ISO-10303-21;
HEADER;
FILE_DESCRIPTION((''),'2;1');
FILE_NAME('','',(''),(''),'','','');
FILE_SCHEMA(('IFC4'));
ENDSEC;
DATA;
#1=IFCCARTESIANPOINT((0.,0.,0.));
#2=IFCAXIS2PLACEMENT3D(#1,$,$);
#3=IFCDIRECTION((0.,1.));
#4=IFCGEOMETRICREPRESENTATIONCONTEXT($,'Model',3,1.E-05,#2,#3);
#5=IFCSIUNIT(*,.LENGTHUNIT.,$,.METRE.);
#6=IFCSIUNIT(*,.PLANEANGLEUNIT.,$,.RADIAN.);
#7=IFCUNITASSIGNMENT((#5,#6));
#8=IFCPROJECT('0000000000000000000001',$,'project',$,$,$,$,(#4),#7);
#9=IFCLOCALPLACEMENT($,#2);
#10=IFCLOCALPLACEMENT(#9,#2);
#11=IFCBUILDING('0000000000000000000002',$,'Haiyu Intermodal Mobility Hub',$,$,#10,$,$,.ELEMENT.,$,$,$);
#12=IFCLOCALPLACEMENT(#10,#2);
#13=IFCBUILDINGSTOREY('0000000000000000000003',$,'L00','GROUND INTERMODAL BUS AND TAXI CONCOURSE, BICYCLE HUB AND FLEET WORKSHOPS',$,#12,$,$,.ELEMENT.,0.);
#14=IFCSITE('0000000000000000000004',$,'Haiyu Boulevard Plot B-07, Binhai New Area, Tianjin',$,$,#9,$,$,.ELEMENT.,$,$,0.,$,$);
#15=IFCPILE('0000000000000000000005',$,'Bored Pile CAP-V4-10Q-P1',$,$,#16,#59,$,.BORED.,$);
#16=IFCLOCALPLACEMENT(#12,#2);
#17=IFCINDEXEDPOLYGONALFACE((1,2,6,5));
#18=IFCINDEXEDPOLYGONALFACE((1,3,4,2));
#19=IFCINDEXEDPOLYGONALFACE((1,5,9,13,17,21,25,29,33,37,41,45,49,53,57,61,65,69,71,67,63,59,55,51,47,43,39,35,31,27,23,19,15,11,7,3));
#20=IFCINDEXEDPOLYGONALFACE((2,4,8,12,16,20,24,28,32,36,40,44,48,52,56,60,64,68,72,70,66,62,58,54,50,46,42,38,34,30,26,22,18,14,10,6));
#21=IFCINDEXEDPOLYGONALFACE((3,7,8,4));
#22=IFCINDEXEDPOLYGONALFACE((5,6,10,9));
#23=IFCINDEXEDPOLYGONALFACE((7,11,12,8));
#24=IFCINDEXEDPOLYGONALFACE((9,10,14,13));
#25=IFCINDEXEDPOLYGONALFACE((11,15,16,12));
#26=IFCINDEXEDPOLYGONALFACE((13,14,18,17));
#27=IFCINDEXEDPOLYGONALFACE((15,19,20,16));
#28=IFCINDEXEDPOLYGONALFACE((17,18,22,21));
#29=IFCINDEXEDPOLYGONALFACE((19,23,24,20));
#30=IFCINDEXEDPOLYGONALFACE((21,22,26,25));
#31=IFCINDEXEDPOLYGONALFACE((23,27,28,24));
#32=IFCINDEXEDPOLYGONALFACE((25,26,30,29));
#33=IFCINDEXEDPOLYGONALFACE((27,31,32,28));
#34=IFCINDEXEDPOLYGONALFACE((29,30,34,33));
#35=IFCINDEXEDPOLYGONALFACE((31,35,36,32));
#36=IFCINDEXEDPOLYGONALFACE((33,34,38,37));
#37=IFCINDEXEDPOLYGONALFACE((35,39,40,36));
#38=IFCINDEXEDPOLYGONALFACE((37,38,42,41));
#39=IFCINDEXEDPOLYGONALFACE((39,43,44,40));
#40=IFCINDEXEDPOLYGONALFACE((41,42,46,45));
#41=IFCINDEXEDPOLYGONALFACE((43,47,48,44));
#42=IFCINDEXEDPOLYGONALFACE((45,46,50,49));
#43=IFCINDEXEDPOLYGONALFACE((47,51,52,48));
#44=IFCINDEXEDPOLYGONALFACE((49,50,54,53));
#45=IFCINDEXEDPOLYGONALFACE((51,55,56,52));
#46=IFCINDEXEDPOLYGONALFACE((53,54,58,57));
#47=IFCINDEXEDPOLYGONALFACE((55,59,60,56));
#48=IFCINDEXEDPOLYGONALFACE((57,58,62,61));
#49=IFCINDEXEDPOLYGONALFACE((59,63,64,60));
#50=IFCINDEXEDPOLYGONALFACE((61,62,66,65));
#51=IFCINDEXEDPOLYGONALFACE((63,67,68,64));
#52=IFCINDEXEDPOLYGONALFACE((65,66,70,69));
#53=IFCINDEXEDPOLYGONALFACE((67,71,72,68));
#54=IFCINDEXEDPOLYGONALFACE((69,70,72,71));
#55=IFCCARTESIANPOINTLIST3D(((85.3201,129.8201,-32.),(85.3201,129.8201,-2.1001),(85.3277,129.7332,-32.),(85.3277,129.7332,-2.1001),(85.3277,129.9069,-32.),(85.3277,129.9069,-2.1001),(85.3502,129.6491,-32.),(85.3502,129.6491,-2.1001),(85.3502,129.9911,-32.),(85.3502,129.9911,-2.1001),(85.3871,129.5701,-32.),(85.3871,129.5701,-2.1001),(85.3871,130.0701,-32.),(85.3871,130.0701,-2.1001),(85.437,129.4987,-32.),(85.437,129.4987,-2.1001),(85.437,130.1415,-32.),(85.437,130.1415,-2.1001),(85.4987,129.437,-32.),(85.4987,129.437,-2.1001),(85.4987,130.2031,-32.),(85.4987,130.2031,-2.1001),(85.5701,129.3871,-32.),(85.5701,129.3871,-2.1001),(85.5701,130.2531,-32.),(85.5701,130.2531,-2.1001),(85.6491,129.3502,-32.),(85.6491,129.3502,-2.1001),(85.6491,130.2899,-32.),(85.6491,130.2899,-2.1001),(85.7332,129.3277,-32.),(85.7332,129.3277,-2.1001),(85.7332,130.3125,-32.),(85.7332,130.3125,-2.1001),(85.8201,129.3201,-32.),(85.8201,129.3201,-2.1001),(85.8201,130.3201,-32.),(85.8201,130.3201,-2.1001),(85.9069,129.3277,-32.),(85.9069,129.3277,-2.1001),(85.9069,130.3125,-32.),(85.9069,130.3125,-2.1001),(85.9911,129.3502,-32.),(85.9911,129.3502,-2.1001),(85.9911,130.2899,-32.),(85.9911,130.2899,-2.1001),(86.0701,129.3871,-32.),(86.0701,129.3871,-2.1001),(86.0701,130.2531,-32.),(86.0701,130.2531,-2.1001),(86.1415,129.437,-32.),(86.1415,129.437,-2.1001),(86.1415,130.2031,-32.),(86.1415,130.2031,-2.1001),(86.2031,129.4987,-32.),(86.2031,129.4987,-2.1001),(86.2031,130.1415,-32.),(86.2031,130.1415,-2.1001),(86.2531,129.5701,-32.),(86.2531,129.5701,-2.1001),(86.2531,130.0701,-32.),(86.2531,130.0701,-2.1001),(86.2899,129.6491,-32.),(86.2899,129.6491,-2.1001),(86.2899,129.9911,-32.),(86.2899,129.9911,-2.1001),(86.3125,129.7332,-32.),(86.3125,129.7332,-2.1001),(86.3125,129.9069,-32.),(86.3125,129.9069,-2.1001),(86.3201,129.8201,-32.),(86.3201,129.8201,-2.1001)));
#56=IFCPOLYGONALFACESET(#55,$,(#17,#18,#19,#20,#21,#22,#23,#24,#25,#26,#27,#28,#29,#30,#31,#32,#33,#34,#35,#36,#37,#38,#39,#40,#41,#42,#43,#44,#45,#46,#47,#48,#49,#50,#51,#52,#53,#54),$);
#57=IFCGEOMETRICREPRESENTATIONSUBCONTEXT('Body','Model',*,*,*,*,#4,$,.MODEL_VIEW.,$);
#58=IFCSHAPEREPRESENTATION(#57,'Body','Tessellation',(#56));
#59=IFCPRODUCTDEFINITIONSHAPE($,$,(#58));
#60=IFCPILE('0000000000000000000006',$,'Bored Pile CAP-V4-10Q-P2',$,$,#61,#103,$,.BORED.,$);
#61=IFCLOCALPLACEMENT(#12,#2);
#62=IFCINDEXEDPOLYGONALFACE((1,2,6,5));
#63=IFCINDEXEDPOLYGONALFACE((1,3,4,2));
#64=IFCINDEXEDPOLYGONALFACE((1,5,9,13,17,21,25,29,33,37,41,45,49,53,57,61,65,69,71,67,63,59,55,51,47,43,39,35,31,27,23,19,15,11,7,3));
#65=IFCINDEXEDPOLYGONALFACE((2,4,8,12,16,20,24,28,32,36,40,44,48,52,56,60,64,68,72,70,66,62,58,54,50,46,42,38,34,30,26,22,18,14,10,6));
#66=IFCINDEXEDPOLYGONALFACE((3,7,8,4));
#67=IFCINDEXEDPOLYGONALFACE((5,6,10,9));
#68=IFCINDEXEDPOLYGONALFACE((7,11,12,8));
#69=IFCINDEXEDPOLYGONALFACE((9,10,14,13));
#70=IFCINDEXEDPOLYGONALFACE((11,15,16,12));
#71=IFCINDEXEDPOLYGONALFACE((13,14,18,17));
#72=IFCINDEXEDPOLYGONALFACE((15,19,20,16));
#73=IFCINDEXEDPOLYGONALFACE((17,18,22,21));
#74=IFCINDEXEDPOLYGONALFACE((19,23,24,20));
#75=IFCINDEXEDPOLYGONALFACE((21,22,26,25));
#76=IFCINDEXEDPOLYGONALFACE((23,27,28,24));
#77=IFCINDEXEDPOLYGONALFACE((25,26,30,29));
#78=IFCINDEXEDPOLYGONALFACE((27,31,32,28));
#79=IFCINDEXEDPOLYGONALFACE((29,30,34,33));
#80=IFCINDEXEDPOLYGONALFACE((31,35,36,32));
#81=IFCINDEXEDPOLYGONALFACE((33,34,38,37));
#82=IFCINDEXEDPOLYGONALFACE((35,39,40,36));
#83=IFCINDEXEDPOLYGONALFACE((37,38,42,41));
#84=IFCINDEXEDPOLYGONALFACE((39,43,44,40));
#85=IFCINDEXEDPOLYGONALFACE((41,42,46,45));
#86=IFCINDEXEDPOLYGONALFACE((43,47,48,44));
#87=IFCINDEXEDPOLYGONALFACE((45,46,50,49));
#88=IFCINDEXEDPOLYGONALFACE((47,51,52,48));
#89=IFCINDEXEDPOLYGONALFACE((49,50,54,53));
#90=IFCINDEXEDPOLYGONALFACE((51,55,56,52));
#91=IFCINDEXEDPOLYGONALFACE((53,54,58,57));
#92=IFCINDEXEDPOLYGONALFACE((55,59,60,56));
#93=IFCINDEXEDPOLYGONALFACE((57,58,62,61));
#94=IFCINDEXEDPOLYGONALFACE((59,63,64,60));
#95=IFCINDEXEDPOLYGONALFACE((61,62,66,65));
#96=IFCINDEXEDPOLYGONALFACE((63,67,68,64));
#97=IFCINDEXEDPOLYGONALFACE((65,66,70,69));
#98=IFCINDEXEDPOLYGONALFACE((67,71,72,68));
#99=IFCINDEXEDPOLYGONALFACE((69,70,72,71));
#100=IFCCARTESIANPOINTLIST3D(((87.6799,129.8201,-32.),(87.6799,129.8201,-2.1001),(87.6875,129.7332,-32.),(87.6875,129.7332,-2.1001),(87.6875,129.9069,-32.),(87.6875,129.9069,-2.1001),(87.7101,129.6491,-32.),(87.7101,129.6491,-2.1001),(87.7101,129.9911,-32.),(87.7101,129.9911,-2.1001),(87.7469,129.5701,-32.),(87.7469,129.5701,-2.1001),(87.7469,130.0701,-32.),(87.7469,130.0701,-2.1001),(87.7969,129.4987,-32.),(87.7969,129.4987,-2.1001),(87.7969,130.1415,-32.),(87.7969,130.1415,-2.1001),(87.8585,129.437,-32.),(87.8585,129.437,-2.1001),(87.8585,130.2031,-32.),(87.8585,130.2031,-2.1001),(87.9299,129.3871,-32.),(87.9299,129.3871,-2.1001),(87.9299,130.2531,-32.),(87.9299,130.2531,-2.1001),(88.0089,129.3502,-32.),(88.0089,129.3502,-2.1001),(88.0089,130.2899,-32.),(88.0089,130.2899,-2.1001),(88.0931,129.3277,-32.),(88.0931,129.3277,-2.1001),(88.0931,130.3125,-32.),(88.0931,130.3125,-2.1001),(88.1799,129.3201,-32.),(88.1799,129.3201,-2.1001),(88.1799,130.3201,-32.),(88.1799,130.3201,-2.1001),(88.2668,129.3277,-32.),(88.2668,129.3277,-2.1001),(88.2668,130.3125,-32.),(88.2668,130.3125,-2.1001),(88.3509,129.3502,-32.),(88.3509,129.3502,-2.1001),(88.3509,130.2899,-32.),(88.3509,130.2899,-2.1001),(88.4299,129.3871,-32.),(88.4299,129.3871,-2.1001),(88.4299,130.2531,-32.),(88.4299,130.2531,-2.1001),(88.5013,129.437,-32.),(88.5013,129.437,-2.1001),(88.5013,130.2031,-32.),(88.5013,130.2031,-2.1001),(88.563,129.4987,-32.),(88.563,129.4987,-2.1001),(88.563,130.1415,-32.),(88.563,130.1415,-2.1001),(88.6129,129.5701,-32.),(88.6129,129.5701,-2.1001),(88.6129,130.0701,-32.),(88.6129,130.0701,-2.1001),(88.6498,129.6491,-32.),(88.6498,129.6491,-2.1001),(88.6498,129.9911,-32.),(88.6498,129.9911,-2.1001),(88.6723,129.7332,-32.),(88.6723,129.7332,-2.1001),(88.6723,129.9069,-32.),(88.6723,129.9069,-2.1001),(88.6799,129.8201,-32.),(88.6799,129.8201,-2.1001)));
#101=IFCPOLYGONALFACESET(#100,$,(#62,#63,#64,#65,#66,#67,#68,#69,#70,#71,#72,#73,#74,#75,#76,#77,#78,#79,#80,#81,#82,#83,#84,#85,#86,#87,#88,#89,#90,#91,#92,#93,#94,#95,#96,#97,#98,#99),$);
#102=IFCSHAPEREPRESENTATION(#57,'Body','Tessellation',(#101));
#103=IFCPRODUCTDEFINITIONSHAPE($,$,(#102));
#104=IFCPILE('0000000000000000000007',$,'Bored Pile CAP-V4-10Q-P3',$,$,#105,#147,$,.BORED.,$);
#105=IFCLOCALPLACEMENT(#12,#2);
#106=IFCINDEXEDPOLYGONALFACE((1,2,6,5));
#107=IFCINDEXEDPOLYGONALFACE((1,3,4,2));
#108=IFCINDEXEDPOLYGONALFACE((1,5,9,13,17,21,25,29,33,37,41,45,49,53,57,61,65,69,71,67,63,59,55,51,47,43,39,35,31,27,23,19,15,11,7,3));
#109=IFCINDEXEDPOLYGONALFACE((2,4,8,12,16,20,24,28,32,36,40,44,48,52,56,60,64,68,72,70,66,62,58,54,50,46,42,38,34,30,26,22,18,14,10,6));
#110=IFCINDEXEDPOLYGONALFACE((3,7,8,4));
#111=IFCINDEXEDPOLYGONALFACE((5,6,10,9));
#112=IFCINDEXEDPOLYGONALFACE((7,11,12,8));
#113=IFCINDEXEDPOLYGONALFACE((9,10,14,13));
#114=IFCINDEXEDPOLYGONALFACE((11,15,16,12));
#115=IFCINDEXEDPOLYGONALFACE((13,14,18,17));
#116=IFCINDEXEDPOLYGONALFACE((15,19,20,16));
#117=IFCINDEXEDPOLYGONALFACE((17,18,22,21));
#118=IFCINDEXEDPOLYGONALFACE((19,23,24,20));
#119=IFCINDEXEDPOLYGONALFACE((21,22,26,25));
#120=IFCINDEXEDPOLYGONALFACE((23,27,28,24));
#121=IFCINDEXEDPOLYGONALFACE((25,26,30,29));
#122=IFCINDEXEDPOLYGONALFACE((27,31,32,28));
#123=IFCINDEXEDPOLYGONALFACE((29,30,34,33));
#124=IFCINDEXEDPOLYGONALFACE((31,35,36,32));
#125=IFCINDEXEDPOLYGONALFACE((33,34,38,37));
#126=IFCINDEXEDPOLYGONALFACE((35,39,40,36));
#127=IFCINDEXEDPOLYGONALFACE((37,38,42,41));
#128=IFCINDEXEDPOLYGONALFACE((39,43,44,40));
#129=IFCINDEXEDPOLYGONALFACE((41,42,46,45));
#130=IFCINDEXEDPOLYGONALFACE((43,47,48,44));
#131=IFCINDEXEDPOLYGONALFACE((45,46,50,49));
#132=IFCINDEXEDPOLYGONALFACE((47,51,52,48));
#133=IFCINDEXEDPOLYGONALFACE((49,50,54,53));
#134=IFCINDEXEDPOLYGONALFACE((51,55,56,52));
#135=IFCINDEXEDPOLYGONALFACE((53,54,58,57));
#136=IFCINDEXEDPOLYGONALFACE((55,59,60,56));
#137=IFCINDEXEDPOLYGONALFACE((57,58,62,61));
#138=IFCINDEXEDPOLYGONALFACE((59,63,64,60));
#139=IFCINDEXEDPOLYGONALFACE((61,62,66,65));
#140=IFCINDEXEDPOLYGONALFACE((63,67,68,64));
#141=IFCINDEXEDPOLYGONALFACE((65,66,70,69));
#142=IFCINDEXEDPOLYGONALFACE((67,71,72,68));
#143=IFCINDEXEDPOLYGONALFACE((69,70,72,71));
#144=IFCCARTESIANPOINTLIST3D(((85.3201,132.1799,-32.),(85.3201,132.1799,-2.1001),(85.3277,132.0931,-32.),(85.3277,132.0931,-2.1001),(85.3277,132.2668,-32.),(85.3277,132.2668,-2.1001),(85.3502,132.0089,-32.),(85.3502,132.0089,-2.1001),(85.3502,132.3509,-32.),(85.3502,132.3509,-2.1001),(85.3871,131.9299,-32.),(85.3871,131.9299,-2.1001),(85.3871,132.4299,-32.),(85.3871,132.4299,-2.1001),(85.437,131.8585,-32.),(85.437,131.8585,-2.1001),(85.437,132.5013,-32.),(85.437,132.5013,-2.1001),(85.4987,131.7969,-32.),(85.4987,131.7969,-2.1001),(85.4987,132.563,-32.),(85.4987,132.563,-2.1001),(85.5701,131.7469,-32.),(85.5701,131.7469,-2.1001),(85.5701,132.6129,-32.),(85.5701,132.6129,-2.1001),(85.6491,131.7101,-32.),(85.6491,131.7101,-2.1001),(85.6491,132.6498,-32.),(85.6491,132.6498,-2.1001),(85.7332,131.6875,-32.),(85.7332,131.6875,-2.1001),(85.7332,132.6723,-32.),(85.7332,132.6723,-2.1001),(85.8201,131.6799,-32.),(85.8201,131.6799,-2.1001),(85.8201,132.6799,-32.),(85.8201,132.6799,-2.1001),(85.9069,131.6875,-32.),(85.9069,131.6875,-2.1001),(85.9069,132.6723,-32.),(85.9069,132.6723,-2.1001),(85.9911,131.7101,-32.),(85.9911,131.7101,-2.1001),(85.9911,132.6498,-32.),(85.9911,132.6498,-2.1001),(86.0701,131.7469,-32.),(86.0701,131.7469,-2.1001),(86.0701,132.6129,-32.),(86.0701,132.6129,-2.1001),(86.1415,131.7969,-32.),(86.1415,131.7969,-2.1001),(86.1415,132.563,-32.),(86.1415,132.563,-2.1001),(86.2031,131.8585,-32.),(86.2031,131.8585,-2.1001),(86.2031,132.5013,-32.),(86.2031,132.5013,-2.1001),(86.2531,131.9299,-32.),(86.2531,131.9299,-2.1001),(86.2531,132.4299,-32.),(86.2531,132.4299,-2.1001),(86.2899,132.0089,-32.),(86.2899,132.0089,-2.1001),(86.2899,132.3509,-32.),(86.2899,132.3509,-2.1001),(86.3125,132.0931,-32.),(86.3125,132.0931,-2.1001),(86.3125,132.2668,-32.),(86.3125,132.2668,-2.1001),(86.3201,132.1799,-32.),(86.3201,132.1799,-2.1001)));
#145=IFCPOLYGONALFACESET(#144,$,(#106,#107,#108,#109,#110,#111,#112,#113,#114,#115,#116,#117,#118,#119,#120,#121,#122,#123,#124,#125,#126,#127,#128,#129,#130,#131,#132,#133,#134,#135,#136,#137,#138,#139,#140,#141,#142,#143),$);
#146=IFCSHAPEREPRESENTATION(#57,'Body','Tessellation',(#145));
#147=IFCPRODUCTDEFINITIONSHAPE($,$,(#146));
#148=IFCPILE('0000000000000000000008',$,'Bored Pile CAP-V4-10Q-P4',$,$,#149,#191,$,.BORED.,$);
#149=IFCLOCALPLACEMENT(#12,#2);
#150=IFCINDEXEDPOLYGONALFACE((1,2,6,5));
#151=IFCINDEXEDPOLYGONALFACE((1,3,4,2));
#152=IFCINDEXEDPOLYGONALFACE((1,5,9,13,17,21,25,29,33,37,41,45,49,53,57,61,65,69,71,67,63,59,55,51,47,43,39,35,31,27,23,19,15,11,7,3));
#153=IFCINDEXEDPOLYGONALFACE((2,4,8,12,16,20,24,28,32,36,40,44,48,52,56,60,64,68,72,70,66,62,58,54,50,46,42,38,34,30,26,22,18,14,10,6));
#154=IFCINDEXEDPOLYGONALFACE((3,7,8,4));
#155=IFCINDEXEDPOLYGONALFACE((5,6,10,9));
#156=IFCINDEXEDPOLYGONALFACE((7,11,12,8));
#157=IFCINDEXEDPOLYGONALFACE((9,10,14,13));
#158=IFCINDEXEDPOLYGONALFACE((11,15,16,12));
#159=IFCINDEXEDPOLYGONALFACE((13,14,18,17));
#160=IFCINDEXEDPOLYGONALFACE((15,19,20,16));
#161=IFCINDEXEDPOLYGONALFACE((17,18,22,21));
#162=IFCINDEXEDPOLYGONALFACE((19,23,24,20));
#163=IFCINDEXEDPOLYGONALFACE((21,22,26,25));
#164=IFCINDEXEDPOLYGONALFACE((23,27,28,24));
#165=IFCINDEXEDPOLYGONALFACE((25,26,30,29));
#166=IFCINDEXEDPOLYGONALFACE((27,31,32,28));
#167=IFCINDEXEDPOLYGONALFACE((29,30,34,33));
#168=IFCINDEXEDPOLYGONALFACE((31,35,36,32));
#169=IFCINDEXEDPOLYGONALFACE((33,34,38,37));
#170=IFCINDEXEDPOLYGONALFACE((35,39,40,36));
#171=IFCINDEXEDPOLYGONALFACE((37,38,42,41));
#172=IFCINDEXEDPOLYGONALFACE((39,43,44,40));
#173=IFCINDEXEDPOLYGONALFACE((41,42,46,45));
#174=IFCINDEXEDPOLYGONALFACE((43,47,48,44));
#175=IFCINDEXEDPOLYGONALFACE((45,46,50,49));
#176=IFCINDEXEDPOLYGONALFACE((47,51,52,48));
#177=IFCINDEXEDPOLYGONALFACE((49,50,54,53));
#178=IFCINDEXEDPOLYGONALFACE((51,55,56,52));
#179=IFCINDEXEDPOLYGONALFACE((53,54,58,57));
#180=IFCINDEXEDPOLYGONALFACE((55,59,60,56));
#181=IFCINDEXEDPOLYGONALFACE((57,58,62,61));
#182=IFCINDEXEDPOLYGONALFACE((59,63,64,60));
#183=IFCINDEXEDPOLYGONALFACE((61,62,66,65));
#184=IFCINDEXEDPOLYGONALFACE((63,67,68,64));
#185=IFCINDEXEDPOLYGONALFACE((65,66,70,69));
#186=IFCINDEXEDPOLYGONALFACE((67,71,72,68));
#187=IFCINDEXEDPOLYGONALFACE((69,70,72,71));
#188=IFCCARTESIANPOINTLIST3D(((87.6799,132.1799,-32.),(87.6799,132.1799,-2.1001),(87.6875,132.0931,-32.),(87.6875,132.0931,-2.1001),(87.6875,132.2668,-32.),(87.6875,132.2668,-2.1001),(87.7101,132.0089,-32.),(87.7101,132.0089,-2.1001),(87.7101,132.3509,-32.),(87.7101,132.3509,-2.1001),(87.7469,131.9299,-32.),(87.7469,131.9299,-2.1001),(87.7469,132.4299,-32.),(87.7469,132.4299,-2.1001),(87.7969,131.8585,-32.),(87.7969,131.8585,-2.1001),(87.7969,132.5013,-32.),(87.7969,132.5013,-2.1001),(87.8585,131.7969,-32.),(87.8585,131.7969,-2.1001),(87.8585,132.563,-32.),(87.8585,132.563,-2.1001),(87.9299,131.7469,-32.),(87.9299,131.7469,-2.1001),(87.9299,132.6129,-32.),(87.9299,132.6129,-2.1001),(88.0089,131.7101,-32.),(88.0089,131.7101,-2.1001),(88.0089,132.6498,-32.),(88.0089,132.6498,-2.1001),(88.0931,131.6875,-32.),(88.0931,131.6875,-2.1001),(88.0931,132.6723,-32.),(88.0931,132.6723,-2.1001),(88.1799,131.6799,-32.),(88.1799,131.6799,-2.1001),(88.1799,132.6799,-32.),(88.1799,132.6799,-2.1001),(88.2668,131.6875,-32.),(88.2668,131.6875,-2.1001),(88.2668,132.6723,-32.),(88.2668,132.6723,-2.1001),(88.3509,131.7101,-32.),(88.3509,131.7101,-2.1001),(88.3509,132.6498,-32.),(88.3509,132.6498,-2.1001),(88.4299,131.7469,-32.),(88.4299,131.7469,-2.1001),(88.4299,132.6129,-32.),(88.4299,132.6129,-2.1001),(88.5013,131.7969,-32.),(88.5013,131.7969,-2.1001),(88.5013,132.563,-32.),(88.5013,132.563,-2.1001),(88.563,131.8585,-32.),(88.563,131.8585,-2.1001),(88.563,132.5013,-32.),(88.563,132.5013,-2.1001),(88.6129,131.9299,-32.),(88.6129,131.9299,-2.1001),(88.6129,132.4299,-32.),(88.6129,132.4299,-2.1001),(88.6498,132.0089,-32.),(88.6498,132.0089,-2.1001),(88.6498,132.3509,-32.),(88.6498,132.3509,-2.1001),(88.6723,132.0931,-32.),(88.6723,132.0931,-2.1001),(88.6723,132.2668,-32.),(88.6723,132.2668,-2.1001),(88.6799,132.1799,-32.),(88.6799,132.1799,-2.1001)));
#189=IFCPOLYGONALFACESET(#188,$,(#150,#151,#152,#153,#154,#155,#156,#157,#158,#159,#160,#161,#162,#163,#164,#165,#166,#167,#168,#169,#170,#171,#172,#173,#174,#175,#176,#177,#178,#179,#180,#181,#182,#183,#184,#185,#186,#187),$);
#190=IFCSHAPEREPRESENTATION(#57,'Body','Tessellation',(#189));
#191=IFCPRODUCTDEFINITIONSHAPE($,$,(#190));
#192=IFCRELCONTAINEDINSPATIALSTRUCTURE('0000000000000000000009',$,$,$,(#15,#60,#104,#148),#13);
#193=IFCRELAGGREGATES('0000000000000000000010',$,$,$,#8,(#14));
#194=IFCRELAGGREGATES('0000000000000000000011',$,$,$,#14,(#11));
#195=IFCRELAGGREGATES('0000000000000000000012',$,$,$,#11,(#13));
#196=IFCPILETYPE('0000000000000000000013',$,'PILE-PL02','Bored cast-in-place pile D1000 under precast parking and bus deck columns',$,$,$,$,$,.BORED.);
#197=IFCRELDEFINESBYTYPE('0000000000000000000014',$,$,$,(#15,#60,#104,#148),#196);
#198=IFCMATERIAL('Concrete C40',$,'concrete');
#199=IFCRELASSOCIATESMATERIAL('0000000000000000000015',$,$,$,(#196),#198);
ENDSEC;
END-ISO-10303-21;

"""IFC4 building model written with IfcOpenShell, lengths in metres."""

from ifc_helpers import new_model, si_unit, direction, frame, origin, origin_2d, place, context, subcontext, project, spatial, circle, extrude, material, material_profile, profile_set, type_object, element, save


model = new_model("IFC4")

# Units and contexts
model_context = context("Model", 3, precision=1e-05, world=origin(), true_north=direction((0.0, 1.0)))
body_context = subcontext(model_context, "Body", "Model", "MODEL_VIEW")
ifc_project = project(units=[si_unit("LENGTHUNIT", "METRE"), si_unit("PLANEANGLEUNIT", "RADIAN")], contexts=[model_context])

# Site, building, storey
site_placement = place(None, origin())
site = spatial("IfcSite", under=ifc_project, at=site_placement, Name="Haiyu Boulevard Plot B-07, Binhai New Area, Tianjin", CompositionType="ELEMENT", RefElevation=0.0)
building_placement = place(site_placement, origin())
building = spatial("IfcBuilding", under=site, at=building_placement, Name="Haiyu Intermodal Mobility Hub", CompositionType="ELEMENT")
storey_placement = place(building_placement, origin())
storey = spatial("IfcBuildingStorey", under=building, at=storey_placement, Name="L00", Description="GROUND INTERMODAL BUS AND TAXI CONCOURSE, BICYCLE HUB AND FLEET WORKSHOPS", CompositionType="ELEMENT", Elevation=0.0)

# Shared definitions
ifc_material_1 = material(Name="Concrete C40", Category="concrete")

# Piles
ifc_material_profile_1 = material_profile(ifc_material_1, circle(Radius=0.5, at=origin_2d()), Name="PILE-D1000")
ifc_profile_set_1 = profile_set([ifc_material_profile_1], Name="Concrete C40")
pile_type = type_object("IfcPileType", Name="PILE-PL02", Description="Bored cast-in-place pile D1000 under precast parking and bus deck columns", PredefinedType="BORED", material=ifc_profile_set_1)
for number, where, z_axis, x_axis, name in (
    (1, (85.8201, 129.8201, -2.1001), (0.0, 0.0, -1.0), (1.0, 0.0, 0.0), "Bored Pile CAP-V4-10Q-P1"),
    (2, (88.1799, 129.8201, -2.1001), (0.0, 0.0, -1.0), (1.0, 0.0, 0.0), "Bored Pile CAP-V4-10Q-P2"),
    (3, (85.8201, 132.1799, -2.1001), (0.0, 0.0, -1.0), (1.0, 0.0, 0.0), "Bored Pile CAP-V4-10Q-P3"),
    (4, (88.1799, 132.1799, -2.1001), (0.0, 0.0, -1.0), (1.0, 0.0, 0.0), "Bored Pile CAP-V4-10Q-P4"),
):
    element("IfcPile", number, at=place(storey_placement, frame(where, z_axis=z_axis, x_axis=x_axis)), inside=storey, type_object=pile_type, Name=name, PredefinedType="BORED", context=body_context, shape_type="SweptSolid", body=[
        extrude(circle(Radius=0.5, at=origin_2d()), origin(), (0.0, 0.0, 1.0), 29.8999),
    ])

save(model, "model.ifc")
